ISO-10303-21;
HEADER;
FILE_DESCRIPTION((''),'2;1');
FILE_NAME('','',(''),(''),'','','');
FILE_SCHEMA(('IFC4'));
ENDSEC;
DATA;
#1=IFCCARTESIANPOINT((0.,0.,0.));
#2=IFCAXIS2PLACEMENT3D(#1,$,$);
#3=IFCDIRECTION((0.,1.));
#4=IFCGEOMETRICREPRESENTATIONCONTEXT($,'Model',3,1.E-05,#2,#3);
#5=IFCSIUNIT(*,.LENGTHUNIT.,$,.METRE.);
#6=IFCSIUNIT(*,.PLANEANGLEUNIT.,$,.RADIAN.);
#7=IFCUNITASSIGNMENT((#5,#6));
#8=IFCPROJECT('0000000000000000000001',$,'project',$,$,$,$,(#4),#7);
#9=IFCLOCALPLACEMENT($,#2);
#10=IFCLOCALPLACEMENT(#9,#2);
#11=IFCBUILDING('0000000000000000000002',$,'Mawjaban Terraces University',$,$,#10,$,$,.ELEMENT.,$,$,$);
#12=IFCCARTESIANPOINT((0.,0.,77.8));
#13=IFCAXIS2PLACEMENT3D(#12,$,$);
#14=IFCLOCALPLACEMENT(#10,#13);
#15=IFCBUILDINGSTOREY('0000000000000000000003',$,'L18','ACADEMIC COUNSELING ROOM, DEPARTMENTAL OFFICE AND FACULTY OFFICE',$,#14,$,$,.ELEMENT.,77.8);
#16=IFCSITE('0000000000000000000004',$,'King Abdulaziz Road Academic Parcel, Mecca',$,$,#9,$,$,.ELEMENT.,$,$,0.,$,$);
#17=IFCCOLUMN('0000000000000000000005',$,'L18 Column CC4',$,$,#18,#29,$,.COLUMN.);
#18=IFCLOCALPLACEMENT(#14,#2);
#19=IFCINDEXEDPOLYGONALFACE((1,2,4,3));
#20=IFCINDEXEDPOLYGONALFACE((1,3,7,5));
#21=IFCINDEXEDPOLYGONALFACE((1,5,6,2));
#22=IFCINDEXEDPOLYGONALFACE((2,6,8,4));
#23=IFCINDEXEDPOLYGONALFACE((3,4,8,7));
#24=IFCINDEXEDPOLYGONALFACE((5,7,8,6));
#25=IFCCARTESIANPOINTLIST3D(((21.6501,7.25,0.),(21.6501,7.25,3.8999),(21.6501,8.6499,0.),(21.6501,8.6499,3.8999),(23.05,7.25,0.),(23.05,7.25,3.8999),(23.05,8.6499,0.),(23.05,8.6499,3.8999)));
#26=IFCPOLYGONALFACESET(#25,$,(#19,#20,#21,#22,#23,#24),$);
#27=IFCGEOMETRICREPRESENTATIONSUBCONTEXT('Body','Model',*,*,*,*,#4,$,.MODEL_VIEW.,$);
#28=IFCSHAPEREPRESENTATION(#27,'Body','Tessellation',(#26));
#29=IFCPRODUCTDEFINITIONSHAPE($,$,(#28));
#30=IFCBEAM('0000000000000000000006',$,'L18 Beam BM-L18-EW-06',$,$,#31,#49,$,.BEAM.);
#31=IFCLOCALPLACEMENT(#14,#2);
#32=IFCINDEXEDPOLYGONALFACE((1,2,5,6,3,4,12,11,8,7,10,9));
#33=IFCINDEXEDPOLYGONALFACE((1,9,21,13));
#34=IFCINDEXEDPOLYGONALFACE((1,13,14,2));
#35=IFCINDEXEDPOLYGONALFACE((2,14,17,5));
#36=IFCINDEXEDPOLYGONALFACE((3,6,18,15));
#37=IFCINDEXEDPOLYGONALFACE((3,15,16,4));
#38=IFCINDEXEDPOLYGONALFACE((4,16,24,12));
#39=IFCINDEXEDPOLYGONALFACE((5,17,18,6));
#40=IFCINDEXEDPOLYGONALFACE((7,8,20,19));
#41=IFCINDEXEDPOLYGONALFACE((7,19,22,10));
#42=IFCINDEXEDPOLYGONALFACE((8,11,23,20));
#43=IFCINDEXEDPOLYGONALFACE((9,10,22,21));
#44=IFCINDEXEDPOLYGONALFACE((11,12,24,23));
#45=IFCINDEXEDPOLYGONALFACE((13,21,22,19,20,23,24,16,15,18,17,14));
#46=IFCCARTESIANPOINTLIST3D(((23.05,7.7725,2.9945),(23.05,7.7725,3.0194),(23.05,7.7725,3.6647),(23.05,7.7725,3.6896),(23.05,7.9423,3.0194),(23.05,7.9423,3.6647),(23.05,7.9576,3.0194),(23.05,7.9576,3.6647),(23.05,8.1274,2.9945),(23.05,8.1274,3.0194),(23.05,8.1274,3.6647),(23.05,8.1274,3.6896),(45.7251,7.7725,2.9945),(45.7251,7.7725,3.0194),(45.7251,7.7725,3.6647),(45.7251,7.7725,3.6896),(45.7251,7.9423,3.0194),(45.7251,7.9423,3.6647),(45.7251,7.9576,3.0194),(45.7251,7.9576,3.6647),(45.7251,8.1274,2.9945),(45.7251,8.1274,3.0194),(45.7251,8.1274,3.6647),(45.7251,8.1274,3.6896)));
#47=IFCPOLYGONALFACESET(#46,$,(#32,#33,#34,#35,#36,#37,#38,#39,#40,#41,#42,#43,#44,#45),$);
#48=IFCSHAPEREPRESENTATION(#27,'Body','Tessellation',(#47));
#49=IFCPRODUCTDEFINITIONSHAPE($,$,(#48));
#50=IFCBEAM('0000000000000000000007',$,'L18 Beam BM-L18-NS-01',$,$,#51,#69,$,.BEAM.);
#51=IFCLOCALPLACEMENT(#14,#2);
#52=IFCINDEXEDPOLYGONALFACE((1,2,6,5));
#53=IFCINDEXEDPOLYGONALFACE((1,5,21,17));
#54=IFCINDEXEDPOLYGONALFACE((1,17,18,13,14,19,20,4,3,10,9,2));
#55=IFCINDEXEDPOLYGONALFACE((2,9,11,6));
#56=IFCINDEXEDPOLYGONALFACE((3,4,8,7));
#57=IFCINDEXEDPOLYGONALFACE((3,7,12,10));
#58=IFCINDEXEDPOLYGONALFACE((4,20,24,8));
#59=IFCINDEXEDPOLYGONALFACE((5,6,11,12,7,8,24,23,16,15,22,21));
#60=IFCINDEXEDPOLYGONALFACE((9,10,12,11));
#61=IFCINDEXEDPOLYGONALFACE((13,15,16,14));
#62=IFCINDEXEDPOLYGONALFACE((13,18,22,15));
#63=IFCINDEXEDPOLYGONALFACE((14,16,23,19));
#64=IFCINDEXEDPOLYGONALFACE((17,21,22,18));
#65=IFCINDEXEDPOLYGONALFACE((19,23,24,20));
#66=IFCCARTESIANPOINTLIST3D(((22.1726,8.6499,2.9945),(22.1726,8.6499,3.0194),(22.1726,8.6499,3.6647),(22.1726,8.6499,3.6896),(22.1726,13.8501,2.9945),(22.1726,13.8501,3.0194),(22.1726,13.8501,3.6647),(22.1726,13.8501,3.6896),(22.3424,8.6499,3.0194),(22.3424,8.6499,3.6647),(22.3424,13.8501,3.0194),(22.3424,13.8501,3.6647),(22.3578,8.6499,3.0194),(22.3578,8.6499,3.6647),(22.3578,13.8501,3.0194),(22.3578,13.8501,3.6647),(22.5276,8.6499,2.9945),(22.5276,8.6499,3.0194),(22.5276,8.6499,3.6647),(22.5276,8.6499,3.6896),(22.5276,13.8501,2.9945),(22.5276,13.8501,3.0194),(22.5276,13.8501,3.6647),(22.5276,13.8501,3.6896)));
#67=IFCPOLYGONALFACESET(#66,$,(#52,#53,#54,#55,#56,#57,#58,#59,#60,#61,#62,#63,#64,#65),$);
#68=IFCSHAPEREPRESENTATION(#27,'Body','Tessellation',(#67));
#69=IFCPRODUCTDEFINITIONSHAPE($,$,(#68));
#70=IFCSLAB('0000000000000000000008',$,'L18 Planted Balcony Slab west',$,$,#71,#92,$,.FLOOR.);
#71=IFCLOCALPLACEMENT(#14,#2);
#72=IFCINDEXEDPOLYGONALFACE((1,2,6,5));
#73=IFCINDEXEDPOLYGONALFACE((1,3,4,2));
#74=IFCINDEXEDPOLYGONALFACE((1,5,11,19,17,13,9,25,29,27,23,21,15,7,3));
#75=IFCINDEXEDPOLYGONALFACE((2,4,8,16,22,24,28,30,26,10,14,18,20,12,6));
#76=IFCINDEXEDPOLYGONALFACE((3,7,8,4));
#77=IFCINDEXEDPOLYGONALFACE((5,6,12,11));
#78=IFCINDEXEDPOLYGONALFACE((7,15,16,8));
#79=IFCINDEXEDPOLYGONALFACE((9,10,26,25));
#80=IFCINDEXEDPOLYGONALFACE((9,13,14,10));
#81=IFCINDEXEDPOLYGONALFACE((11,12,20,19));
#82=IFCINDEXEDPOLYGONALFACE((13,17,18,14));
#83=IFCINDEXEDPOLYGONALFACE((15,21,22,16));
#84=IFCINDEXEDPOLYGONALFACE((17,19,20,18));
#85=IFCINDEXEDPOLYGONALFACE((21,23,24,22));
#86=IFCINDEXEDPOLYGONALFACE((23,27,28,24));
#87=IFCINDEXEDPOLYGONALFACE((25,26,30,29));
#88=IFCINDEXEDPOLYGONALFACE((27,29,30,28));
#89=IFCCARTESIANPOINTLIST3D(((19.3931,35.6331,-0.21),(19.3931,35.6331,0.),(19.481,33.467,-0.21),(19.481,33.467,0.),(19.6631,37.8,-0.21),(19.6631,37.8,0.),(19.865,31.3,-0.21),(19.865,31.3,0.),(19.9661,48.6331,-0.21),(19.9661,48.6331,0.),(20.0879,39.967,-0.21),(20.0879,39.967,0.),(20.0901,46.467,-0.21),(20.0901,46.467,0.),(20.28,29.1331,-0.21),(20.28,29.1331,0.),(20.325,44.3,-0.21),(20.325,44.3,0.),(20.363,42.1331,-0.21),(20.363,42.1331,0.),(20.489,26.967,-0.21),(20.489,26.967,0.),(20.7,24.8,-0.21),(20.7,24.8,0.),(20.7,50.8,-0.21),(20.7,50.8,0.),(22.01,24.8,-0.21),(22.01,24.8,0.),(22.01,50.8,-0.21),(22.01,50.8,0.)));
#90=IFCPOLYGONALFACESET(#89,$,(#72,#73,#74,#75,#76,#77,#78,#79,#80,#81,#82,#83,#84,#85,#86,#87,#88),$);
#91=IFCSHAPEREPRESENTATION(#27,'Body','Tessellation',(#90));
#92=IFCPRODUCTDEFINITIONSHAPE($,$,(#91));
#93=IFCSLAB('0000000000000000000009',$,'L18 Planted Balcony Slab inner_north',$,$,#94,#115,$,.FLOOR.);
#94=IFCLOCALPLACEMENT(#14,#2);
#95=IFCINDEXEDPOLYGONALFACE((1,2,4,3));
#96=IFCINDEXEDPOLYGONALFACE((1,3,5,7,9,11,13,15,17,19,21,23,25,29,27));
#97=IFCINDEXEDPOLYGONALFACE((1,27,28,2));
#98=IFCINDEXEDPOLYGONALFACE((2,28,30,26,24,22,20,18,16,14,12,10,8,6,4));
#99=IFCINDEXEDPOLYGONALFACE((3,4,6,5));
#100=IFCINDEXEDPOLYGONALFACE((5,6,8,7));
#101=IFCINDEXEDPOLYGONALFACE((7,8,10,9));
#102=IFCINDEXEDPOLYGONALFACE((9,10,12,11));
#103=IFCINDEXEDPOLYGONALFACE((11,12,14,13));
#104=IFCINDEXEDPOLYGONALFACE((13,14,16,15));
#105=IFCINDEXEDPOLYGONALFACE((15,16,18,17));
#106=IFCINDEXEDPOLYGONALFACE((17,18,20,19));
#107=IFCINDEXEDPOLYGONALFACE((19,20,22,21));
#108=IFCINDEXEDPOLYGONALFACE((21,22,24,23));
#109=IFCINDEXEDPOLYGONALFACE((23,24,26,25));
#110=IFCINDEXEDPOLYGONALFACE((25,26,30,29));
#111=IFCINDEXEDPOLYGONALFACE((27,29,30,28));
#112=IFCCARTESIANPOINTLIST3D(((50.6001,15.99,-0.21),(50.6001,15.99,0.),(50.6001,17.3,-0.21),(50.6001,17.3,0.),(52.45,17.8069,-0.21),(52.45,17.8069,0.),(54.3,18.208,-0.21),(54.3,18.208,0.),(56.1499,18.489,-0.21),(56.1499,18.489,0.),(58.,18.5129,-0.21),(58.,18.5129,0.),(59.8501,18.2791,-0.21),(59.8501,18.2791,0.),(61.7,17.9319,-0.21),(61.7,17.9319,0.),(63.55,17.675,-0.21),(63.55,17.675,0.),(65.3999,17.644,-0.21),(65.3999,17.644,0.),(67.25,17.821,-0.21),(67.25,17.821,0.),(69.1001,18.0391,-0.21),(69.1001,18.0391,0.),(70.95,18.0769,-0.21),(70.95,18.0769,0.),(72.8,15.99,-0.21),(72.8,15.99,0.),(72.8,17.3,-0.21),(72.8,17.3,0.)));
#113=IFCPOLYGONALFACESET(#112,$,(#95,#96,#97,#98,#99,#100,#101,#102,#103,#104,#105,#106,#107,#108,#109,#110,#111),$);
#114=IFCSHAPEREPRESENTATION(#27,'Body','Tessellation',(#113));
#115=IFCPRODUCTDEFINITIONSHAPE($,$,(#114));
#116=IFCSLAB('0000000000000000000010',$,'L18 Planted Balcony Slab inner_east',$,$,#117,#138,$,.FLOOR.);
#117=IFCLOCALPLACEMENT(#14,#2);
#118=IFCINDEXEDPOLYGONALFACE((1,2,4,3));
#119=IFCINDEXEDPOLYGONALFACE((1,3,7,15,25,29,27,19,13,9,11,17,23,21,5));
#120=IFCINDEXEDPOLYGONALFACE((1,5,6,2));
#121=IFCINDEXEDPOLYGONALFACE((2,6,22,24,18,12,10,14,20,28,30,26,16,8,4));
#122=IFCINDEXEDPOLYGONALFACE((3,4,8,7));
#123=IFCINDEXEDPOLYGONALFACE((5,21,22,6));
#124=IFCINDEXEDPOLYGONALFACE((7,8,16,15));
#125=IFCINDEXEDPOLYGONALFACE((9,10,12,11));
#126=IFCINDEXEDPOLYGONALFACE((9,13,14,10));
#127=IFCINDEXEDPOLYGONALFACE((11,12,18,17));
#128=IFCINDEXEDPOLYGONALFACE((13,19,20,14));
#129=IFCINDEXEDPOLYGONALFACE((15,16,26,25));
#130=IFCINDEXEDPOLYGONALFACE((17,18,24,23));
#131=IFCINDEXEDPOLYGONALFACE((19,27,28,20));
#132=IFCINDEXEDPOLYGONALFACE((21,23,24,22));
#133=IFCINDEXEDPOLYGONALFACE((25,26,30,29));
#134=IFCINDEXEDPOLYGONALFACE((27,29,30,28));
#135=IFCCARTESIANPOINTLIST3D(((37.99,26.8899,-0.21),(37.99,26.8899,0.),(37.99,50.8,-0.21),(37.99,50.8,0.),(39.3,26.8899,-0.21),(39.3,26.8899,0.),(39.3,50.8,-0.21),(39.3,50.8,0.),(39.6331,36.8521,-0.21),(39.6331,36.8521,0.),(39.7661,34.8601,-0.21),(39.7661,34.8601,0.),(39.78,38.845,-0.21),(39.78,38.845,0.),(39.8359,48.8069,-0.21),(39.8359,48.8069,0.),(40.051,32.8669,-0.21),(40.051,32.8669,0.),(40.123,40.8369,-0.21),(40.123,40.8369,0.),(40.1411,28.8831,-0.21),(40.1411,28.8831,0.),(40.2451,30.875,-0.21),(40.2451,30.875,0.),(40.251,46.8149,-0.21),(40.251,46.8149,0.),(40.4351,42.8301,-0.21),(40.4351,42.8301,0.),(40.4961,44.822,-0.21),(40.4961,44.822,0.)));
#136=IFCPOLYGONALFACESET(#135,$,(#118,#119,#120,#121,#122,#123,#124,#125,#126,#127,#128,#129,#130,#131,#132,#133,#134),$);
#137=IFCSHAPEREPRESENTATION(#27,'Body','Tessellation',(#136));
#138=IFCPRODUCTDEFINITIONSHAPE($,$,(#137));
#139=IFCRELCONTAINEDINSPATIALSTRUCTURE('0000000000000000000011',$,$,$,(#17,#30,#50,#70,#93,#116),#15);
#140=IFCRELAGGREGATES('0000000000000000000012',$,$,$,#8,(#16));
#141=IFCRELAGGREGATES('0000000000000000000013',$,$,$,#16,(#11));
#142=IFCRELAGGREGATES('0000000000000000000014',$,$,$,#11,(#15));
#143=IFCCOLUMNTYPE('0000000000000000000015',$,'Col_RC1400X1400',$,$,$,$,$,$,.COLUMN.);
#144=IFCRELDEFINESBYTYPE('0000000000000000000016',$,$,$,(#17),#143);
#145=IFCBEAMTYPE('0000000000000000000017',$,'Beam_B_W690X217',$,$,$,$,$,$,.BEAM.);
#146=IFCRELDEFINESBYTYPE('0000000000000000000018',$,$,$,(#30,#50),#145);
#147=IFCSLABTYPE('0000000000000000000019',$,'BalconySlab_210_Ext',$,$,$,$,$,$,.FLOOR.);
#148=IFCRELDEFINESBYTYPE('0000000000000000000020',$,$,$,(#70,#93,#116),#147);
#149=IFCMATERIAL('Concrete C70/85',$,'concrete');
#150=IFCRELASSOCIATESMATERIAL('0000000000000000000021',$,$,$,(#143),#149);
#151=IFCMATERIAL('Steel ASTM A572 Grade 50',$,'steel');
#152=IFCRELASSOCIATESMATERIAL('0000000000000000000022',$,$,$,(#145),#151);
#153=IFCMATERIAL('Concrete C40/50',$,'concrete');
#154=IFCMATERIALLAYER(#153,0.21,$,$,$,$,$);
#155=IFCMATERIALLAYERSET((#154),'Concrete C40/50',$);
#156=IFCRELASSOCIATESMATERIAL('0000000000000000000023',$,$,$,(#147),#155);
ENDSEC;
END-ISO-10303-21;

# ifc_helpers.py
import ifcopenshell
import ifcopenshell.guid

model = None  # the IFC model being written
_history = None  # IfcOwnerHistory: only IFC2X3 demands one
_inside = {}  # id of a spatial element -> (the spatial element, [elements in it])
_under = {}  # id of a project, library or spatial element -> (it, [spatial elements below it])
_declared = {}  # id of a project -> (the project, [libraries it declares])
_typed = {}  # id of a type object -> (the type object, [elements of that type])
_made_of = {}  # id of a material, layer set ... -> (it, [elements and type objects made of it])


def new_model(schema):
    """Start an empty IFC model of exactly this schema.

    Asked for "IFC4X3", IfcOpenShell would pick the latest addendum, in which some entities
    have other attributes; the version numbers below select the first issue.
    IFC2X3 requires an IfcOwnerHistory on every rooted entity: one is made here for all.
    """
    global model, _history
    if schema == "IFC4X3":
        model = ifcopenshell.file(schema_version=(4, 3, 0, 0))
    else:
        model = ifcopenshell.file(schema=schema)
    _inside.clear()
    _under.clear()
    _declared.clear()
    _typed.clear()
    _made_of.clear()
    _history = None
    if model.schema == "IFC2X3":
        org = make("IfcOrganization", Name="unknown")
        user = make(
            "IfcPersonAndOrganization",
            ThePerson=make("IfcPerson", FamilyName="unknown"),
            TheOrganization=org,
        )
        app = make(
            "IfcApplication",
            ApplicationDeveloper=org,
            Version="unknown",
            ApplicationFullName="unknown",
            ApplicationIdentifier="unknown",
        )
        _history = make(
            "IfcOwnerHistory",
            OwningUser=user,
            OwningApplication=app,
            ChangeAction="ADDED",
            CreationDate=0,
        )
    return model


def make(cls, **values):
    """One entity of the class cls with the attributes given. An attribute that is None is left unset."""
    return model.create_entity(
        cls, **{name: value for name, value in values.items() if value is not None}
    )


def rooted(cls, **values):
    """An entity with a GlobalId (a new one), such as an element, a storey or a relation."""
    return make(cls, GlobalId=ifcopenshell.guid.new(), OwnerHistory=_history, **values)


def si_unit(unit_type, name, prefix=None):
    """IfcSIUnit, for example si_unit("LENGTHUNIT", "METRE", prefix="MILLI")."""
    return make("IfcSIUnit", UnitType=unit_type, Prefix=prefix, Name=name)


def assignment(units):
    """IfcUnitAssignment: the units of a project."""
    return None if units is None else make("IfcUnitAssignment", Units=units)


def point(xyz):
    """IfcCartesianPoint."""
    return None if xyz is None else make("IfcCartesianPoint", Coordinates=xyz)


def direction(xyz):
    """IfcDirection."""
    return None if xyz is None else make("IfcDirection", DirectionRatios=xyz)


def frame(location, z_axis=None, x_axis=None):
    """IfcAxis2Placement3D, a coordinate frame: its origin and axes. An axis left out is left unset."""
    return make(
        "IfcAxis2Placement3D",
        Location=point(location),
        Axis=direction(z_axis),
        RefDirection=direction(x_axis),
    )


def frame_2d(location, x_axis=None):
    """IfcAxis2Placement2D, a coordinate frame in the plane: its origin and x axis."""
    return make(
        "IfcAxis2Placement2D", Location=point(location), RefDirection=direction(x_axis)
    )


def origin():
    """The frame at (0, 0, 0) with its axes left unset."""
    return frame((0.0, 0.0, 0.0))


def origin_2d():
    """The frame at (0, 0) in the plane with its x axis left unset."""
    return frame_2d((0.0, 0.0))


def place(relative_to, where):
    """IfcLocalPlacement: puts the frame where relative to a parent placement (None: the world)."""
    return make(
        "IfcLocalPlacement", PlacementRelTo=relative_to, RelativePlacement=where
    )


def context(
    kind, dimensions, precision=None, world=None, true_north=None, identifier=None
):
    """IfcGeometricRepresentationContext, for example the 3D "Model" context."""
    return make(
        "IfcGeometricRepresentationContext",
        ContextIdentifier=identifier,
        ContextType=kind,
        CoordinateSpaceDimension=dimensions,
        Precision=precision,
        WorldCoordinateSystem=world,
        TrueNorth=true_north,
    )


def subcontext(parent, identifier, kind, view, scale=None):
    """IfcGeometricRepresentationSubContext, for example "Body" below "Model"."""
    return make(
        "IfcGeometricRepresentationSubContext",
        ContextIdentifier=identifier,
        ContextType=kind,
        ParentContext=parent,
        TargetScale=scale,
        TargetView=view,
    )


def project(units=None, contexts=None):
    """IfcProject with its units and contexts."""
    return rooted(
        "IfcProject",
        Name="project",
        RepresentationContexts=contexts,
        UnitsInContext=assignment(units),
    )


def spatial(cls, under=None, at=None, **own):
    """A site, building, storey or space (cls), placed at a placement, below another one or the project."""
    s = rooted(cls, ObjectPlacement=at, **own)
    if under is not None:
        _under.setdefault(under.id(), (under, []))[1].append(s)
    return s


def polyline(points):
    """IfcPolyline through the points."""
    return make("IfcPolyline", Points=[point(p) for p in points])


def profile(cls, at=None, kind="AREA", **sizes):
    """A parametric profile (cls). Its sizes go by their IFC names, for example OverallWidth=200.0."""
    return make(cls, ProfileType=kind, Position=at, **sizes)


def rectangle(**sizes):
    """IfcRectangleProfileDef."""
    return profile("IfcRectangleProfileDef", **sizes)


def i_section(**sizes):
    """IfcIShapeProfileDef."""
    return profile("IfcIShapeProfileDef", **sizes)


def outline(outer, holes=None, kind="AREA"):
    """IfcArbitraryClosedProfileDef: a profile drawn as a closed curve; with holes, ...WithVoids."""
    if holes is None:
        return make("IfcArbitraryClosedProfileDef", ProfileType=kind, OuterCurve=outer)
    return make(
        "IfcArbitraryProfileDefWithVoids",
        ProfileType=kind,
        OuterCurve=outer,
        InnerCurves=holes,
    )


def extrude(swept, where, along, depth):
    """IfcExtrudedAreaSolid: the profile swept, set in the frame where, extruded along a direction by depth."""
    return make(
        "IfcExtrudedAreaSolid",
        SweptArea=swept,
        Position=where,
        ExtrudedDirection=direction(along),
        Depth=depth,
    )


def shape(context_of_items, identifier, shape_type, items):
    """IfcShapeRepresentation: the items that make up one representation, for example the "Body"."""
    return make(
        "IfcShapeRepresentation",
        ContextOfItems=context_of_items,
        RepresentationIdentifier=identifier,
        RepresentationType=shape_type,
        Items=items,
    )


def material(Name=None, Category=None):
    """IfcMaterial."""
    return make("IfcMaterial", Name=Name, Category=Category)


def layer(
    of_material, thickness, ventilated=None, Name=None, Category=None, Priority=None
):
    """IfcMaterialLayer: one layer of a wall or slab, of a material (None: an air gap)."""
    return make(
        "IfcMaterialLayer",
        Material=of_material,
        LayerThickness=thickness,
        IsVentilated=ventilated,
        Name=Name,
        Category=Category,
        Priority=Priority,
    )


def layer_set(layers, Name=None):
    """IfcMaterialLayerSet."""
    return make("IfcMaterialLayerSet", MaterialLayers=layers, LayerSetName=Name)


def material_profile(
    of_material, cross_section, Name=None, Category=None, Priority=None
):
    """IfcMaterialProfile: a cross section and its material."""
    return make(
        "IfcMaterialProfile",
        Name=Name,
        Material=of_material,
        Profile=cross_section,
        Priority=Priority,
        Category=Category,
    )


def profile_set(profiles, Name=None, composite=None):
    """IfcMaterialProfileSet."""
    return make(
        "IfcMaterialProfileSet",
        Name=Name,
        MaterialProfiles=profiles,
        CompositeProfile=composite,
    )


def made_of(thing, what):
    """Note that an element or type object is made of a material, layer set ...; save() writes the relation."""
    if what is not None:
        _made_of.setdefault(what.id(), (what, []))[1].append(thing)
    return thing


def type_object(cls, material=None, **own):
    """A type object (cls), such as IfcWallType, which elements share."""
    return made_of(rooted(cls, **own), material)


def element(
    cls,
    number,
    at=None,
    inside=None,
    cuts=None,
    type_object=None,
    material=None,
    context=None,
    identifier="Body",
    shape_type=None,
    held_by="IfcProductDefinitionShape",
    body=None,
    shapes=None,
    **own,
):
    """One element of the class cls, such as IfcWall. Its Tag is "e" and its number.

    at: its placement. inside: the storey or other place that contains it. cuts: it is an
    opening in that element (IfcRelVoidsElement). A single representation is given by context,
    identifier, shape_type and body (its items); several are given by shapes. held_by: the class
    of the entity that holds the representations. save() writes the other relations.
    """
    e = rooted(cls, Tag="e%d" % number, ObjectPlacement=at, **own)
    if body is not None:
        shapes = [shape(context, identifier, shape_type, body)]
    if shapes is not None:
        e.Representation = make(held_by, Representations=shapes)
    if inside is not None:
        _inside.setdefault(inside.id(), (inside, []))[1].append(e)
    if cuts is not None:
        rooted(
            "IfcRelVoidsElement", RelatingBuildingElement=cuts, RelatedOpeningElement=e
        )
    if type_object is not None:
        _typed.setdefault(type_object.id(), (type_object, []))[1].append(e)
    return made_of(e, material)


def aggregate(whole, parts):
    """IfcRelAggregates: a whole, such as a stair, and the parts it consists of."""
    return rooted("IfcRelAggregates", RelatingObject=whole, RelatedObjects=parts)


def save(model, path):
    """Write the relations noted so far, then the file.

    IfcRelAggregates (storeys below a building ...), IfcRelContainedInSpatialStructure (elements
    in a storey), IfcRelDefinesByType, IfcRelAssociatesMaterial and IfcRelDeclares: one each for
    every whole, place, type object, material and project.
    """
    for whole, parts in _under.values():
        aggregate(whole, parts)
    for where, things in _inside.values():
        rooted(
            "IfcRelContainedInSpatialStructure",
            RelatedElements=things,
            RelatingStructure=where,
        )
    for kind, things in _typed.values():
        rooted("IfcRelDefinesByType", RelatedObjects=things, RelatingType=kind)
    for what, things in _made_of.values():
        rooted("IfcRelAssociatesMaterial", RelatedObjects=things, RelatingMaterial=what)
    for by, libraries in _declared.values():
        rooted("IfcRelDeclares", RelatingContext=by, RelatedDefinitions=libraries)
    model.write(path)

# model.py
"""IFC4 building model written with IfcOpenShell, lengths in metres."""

from ifc_helpers import new_model, si_unit, direction, frame, origin, origin_2d, place, context, subcontext, project, spatial, polyline, rectangle, i_section, outline, extrude, material, layer, layer_set, material_profile, profile_set, type_object, element, save


model = new_model("IFC4")

# Units and contexts
model_context = context("Model", 3, precision=1e-05, world=origin(), true_north=direction((0.0, 1.0)))
body_context = subcontext(model_context, "Body", "Model", "MODEL_VIEW")
ifc_project = project(units=[si_unit("LENGTHUNIT", "METRE"), si_unit("PLANEANGLEUNIT", "RADIAN")], contexts=[model_context])

# Site, building, storey
site_placement = place(None, origin())
site = spatial("IfcSite", under=ifc_project, at=site_placement, Name="King Abdulaziz Road Academic Parcel, Mecca", CompositionType="ELEMENT", RefElevation=0.0)
building_placement = place(site_placement, origin())
building = spatial("IfcBuilding", under=site, at=building_placement, Name="Mawjaban Terraces University", CompositionType="ELEMENT")
storey_placement = place(building_placement, frame((0.0, 0.0, 77.8)))
storey = spatial("IfcBuildingStorey", under=building, at=storey_placement, Name="L18", Description="ACADEMIC COUNSELING ROOM, DEPARTMENTAL OFFICE AND FACULTY OFFICE", CompositionType="ELEMENT", Elevation=77.8)

# Column
ifc_material_1 = material(Name="Concrete C70/85", Category="concrete")
ifc_material_profile_1 = material_profile(ifc_material_1, rectangle(XDim=1.3999, YDim=1.3999, at=origin_2d()), Name="RC1400X1400")
ifc_profile_set_1 = profile_set([ifc_material_profile_1], Name="Concrete C70/85")
column_type = type_object("IfcColumnType", Name="Col_RC1400X1400", PredefinedType="COLUMN", material=ifc_profile_set_1)
column_placement = place(storey_placement, frame((22.3501, 7.95, 0.0), z_axis=(0.0, 0.0, 1.0), x_axis=(1.0, 0.0, 0.0)))
element("IfcColumn", 1, at=column_placement, inside=storey, type_object=column_type, Name="L18 Column CC4", PredefinedType="COLUMN", context=body_context, shape_type="SweptSolid", body=[
    extrude(rectangle(XDim=1.3999, YDim=1.3999, at=origin_2d()), origin(), (0.0, 0.0, 1.0), 3.8999),
])

# Beams
ifc_material_2 = material(Name="Steel ASTM A572 Grade 50", Category="steel")
ifc_material_profile_2 = material_profile(ifc_material_2, i_section(OverallWidth=0.355, OverallDepth=0.6951, WebThickness=0.0154, FlangeThickness=0.0249, at=origin_2d()), Name="W690X217")
ifc_profile_set_2 = profile_set([ifc_material_profile_2], Name="Steel ASTM A572 Grade 50")
beam_type = type_object("IfcBeamType", Name="Beam_B_W690X217", PredefinedType="BEAM", material=ifc_profile_set_2)
beam_1_placement = place(storey_placement, frame((23.05, 7.95, 3.342), z_axis=(1.0, 0.0, 0.0), x_axis=(0.0, 1.0, 0.0)))
element("IfcBeam", 2, at=beam_1_placement, inside=storey, type_object=beam_type, Name="L18 Beam BM-L18-EW-06", PredefinedType="BEAM", context=body_context, shape_type="SweptSolid", body=[
    extrude(i_section(OverallWidth=0.355, OverallDepth=0.6951, WebThickness=0.0154, FlangeThickness=0.0249, at=origin_2d()), origin(), (0.0, 0.0, 1.0), 22.675),
])
beam_2_placement = place(storey_placement, frame((22.3501, 8.6499, 3.342), z_axis=(0.0, 1.0, 0.0), x_axis=(-1.0, 0.0, 0.0)))
element("IfcBeam", 3, at=beam_2_placement, inside=storey, type_object=beam_type, Name="L18 Beam BM-L18-NS-01", PredefinedType="BEAM", context=body_context, shape_type="SweptSolid", body=[
    extrude(i_section(OverallWidth=0.355, OverallDepth=0.6951, WebThickness=0.0154, FlangeThickness=0.0249, at=origin_2d()), origin(), (0.0, 0.0, 1.0), 5.2002),
])

# Slabs
ifc_material_3 = material(Name="Concrete C40/50", Category="concrete")
ifc_layer_1 = layer(ifc_material_3, 0.21)
ifc_layer_set_1 = layer_set([ifc_layer_1], Name="Concrete C40/50")
slab_type_1 = type_object("IfcSlabType", Name="BalconySlab_210_Ext", PredefinedType="FLOOR", material=ifc_layer_set_1)
slab_1_placement = place(storey_placement, frame((0.0, 0.0, -0.21)))
element("IfcSlab", 4, at=slab_1_placement, inside=storey, type_object=slab_type_1, Name="L18 Planted Balcony Slab west", PredefinedType="FLOOR", context=body_context, shape_type="SweptSolid", body=[
    extrude(outline(polyline([(22.01, 24.8), (22.01, 50.8), (20.7, 50.8), (19.9661, 48.6331), (20.0901, 46.467), (20.325, 44.3), (20.363, 42.1331), (20.0879, 39.967), (19.6631, 37.8), (19.3931, 35.6331), (19.481, 33.467), (19.865, 31.3), (20.28, 29.1331), (20.489, 26.967), (20.7, 24.8), (22.01, 24.8)])), origin(), (0.0, 0.0, 1.0), 0.21),
])
slab_2_placement = place(storey_placement, frame((0.0, 0.0, -0.21)))
element("IfcSlab", 5, at=slab_2_placement, inside=storey, type_object=slab_type_1, Name="L18 Planted Balcony Slab inner_north", PredefinedType="FLOOR", context=body_context, shape_type="SweptSolid", body=[
    extrude(outline(polyline([(50.6001, 15.99), (72.8, 15.99), (72.8, 17.3), (70.95, 18.0769), (69.1001, 18.0391), (67.25, 17.821), (65.3999, 17.644), (63.55, 17.675), (61.7, 17.9319), (59.8501, 18.2791), (58.0, 18.5129), (56.1499, 18.489), (54.3, 18.208), (52.45, 17.8069), (50.6001, 17.3), (50.6001, 15.99)])), origin(), (0.0, 0.0, 1.0), 0.21),
])
slab_3_placement = place(storey_placement, frame((0.0, 0.0, -0.21)))
element("IfcSlab", 6, at=slab_3_placement, inside=storey, type_object=slab_type_1, Name="L18 Planted Balcony Slab inner_east", PredefinedType="FLOOR", context=body_context, shape_type="SweptSolid", body=[
    extrude(outline(polyline([(39.3, 26.8899), (40.1411, 28.8831), (40.2451, 30.875), (40.051, 32.8669), (39.7661, 34.8601), (39.6331, 36.8521), (39.78, 38.845), (40.123, 40.8369), (40.4351, 42.8301), (40.4961, 44.822), (40.251, 46.8149), (39.8359, 48.8069), (39.3, 50.8), (37.99, 50.8), (37.99, 26.8899), (39.3, 26.8899)])), origin(), (0.0, 0.0, 1.0), 0.21),
])

save(model, "model.ifc")
